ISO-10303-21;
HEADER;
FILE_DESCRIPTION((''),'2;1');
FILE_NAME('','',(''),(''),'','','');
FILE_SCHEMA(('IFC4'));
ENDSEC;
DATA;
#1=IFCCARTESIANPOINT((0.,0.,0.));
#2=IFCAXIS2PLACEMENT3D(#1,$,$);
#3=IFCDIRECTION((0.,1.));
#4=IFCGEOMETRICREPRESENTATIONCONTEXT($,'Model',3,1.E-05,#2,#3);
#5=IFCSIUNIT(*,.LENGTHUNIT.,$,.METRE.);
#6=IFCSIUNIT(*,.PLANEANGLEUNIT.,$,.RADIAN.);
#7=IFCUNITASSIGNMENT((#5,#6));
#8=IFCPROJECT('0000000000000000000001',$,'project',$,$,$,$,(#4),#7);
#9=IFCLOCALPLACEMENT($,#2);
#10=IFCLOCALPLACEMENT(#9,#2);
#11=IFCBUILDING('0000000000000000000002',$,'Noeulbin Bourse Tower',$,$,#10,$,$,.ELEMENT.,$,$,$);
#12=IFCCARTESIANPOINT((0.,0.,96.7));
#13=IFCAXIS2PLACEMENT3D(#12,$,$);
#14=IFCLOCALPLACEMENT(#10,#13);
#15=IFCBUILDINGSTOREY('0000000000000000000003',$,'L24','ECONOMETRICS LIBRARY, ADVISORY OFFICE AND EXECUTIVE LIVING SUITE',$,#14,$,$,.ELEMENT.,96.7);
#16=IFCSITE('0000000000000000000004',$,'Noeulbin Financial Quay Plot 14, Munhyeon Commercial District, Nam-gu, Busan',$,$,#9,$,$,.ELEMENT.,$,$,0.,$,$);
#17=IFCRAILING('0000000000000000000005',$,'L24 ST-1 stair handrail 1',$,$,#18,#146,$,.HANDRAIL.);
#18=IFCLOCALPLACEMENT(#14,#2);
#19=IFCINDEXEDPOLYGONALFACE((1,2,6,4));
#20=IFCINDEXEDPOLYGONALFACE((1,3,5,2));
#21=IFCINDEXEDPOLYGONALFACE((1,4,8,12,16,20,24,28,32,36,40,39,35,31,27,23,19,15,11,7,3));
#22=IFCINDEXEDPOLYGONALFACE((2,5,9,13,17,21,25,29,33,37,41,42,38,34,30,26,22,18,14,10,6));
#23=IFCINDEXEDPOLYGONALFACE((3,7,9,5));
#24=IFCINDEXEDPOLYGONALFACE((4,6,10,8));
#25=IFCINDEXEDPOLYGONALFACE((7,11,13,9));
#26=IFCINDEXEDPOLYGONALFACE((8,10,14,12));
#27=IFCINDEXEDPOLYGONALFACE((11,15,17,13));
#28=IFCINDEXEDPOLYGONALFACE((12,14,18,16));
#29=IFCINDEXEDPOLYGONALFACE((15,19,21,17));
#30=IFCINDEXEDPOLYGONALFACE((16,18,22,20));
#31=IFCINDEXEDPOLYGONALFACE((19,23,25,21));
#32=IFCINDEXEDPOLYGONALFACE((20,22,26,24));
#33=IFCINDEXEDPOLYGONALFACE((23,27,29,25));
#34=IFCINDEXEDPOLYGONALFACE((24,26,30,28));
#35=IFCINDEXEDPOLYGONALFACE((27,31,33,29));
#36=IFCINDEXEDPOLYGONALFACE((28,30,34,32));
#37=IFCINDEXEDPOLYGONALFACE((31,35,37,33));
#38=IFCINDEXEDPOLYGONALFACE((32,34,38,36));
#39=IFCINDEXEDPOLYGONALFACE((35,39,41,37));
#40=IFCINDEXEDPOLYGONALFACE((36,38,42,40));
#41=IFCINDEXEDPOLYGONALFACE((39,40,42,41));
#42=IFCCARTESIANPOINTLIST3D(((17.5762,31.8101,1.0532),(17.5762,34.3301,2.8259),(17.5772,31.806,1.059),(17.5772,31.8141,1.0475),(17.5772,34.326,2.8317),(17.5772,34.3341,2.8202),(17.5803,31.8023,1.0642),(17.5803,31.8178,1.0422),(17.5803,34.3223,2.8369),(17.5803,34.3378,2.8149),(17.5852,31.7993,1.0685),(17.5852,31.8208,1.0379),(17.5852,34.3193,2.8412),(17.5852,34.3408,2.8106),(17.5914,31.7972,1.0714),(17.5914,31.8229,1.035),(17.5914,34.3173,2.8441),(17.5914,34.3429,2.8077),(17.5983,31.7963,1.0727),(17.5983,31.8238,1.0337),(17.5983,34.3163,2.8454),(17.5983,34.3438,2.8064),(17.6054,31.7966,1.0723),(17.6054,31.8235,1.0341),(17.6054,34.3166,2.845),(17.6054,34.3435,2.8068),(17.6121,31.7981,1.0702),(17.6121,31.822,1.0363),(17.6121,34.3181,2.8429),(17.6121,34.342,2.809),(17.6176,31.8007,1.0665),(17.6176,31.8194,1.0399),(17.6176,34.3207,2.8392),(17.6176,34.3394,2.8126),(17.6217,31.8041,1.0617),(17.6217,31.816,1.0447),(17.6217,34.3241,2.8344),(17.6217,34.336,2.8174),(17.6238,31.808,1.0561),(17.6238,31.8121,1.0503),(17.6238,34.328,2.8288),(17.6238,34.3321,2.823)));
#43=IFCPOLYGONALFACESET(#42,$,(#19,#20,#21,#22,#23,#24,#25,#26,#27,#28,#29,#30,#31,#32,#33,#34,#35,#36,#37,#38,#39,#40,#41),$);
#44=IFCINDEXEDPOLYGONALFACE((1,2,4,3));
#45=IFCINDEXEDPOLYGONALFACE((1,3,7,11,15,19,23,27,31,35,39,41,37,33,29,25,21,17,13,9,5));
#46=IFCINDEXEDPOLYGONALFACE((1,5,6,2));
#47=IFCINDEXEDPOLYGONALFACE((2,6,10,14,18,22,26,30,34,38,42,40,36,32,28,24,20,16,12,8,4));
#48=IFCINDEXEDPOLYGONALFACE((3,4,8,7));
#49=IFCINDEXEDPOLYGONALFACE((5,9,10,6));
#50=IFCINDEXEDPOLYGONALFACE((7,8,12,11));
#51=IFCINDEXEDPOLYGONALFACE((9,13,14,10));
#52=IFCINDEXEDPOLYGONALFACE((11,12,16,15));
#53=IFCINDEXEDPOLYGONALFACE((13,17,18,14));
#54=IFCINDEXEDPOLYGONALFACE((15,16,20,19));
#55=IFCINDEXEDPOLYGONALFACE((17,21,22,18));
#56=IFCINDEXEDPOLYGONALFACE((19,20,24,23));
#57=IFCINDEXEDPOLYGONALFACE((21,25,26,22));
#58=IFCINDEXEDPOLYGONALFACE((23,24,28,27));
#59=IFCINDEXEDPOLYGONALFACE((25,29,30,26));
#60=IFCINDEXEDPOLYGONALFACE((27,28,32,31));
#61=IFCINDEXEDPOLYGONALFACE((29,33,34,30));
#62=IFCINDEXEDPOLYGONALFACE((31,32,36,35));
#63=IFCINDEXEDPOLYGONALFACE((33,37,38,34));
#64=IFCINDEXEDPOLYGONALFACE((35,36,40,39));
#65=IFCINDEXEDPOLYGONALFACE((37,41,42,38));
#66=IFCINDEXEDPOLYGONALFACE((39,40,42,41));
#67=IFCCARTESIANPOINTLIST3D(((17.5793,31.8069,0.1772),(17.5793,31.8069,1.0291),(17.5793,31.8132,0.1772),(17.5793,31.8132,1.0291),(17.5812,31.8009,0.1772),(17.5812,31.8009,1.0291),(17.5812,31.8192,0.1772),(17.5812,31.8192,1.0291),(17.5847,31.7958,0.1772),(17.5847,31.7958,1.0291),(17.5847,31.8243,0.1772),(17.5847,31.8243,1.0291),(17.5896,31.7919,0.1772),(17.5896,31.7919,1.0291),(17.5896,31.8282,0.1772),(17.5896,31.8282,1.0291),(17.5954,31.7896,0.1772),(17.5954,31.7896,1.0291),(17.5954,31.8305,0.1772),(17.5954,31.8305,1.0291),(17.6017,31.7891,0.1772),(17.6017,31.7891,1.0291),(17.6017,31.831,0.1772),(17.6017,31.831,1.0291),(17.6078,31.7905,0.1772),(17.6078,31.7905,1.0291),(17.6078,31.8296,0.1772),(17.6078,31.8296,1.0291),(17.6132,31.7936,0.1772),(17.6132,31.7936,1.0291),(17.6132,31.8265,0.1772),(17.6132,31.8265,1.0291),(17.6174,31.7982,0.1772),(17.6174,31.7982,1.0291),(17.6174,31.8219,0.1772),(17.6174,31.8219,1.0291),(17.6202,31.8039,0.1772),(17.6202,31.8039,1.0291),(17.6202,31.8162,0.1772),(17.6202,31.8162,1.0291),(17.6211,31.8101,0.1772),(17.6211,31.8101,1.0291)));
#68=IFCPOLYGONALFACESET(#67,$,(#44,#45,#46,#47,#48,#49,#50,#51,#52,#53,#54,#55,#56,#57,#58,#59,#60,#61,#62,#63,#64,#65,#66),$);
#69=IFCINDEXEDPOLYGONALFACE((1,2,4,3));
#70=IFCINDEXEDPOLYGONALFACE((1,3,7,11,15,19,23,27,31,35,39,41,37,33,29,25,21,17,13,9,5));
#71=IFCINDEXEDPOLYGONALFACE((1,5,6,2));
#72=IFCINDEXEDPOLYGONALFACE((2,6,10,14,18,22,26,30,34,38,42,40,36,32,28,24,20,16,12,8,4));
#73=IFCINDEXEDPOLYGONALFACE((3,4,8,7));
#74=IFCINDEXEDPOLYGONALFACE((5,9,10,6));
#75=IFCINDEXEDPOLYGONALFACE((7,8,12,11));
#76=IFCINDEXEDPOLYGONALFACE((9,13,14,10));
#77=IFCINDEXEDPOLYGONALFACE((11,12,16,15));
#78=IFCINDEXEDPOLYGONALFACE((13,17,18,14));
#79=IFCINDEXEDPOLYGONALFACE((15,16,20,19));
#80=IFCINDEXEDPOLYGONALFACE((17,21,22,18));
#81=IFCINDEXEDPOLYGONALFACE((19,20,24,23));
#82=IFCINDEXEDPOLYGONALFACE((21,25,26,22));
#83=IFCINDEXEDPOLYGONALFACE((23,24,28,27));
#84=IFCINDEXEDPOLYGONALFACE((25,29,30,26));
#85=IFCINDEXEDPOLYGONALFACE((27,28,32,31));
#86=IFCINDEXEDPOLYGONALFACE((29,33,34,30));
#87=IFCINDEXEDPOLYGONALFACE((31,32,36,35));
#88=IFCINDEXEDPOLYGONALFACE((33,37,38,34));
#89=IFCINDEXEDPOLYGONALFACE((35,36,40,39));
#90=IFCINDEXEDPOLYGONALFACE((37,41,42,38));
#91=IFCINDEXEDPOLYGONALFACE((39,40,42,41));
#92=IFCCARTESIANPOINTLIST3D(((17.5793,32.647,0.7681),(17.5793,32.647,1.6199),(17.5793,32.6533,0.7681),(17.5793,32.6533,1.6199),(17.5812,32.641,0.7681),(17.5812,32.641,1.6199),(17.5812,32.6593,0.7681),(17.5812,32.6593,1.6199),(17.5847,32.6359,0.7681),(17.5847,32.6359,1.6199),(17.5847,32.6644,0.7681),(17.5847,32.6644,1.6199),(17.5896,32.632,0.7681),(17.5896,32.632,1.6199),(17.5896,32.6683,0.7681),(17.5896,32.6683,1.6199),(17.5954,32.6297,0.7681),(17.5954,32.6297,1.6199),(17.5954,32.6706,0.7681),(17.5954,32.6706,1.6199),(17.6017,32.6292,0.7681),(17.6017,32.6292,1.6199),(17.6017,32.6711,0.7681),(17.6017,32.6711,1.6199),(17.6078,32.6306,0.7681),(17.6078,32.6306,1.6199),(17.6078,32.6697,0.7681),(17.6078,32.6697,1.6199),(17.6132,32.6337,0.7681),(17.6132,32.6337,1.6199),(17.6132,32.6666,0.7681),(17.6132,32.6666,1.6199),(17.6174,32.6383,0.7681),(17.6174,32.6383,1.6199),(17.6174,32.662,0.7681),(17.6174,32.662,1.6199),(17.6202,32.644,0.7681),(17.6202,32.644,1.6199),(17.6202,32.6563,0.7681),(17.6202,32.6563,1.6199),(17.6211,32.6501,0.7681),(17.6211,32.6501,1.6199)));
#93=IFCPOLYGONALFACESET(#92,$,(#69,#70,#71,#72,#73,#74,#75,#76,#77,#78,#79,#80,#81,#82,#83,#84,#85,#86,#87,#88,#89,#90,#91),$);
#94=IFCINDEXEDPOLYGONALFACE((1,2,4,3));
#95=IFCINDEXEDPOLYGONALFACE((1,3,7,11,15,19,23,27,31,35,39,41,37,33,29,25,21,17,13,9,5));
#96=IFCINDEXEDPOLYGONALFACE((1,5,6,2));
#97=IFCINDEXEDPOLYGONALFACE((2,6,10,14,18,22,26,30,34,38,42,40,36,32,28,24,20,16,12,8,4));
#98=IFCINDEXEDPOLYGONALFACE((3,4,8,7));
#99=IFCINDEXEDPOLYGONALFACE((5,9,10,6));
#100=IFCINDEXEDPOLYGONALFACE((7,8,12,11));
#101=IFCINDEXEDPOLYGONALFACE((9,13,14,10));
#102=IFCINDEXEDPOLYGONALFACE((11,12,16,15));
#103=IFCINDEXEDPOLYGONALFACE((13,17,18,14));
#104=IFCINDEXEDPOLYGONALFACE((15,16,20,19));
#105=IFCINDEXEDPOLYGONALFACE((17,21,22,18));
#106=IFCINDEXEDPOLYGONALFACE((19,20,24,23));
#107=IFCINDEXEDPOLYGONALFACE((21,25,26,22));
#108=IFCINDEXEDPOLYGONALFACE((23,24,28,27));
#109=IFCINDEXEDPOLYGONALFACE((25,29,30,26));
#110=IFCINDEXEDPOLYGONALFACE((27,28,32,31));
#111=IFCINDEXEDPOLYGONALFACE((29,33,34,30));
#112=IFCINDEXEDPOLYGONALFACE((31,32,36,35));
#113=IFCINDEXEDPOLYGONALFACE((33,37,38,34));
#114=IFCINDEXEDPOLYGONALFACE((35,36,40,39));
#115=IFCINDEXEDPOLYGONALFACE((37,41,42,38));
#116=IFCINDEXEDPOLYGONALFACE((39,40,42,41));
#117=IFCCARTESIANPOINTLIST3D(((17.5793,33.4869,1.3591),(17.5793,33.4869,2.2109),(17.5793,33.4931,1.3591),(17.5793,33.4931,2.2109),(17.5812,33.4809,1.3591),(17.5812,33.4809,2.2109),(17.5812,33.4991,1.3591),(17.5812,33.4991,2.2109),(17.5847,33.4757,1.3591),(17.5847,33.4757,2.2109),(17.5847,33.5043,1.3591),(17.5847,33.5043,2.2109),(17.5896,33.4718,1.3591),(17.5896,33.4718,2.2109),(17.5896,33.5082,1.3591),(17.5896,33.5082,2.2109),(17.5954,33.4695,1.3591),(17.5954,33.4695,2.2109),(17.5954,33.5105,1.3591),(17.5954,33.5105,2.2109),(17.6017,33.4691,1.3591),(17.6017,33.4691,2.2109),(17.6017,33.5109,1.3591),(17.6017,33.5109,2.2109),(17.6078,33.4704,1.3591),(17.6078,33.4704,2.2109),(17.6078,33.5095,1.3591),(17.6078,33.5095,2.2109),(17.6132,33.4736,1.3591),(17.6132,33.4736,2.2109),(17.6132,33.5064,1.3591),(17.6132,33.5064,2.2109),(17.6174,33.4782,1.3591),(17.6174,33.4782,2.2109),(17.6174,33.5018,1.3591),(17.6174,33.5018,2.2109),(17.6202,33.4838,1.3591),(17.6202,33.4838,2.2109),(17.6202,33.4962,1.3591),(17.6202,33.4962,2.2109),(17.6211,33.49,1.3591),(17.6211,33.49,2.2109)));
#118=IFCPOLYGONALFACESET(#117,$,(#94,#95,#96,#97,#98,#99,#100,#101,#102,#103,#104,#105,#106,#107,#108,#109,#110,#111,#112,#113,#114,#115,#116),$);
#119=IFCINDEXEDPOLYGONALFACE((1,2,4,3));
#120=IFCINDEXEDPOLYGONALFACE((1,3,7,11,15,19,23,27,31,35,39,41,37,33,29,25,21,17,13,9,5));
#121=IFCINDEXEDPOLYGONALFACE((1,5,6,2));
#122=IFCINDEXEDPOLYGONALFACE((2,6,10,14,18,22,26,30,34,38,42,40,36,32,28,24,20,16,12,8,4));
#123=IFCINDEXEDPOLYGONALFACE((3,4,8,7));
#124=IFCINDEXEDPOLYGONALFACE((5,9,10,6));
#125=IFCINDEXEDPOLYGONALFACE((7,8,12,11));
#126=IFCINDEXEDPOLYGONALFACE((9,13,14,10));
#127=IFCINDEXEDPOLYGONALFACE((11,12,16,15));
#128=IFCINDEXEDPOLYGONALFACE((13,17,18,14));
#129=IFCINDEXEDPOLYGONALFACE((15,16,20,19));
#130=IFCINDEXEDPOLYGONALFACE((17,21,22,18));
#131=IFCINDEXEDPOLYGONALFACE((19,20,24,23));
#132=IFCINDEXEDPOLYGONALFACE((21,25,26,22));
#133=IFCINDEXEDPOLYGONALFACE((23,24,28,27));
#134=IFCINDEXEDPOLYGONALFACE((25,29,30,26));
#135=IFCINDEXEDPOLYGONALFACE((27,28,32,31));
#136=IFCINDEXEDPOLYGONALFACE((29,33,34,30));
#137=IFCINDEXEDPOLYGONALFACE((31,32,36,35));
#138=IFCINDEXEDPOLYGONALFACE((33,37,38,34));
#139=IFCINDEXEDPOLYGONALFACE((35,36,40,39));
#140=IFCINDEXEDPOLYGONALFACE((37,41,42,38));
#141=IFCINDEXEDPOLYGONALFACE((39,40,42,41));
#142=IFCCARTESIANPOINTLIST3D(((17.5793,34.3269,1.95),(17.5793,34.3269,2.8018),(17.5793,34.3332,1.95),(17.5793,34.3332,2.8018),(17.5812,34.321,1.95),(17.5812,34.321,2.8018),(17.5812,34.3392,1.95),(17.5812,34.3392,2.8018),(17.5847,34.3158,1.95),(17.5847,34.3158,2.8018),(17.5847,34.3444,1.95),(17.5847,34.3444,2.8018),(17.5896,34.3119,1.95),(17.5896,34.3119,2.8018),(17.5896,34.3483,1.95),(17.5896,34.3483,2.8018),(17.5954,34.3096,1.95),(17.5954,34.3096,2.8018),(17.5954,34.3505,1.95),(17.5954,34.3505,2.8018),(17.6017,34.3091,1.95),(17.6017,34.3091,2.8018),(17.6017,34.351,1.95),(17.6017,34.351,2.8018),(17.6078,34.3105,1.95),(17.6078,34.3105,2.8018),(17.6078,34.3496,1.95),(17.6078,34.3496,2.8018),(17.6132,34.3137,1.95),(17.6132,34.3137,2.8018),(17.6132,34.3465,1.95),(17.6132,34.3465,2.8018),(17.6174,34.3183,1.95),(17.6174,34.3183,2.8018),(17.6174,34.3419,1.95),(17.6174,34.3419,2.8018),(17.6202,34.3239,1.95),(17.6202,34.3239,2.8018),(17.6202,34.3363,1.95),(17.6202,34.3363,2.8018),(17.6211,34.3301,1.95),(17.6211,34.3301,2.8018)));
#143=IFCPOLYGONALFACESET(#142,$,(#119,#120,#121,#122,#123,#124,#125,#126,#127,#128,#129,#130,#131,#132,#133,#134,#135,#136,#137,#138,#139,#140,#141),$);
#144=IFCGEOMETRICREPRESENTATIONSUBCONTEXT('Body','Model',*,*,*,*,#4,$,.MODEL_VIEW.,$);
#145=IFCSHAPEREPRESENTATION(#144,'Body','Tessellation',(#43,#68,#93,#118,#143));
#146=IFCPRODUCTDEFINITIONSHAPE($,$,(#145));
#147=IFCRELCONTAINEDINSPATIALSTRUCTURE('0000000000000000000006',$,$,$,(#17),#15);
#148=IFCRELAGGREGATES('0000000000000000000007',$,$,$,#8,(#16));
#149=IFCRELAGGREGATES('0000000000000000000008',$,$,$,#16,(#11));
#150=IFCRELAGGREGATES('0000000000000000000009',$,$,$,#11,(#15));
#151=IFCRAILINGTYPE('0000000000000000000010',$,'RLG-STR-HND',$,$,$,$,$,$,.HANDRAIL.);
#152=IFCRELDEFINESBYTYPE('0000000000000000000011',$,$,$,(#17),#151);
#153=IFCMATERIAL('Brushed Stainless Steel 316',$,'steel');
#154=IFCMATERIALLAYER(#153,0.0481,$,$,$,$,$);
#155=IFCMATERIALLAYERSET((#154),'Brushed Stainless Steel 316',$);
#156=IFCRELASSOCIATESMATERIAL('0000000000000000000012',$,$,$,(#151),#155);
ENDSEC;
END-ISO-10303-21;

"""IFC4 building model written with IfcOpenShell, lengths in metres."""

from ifc_helpers import new_model, si_unit, direction, frame, origin, origin_2d, place, context, subcontext, project, spatial, circle, extrude, material, layer, layer_set, type_object, element, save


model = new_model("IFC4")

# Units and contexts
model_context = context("Model", 3, precision=1e-05, world=origin(), true_north=direction((0.0, 1.0)))
body_context = subcontext(model_context, "Body", "Model", "MODEL_VIEW")
ifc_project = project(units=[si_unit("LENGTHUNIT", "METRE"), si_unit("PLANEANGLEUNIT", "RADIAN")], contexts=[model_context])

# Site, building, storey
site_placement = place(None, origin())
site = spatial("IfcSite", under=ifc_project, at=site_placement, Name="Noeulbin Financial Quay Plot 14, Munhyeon Commercial District, Nam-gu, Busan", CompositionType="ELEMENT", RefElevation=0.0)
building_placement = place(site_placement, origin())
building = spatial("IfcBuilding", under=site, at=building_placement, Name="Noeulbin Bourse Tower", CompositionType="ELEMENT")
storey_placement = place(building_placement, frame((0.0, 0.0, 96.7)))
storey = spatial("IfcBuildingStorey", under=building, at=storey_placement, Name="L24", Description="ECONOMETRICS LIBRARY, ADVISORY OFFICE AND EXECUTIVE LIVING SUITE", CompositionType="ELEMENT", Elevation=96.7)

# Shared definitions
ifc_material_1 = material(Name="Brushed Stainless Steel 316", Category="steel")

# Railing
ifc_layer_1 = layer(ifc_material_1, 0.0481)
ifc_layer_set_1 = layer_set([ifc_layer_1], Name="Brushed Stainless Steel 316")
railing_type_1 = type_object("IfcRailingType", Name="RLG-STR-HND", PredefinedType="HANDRAIL", material=ifc_layer_set_1)
railing_1_placement = place(storey_placement, frame((17.6001, 31.8101, 0.1772)))
element("IfcRailing", 1, at=railing_1_placement, inside=storey, type_object=railing_type_1, Name="L24 ST-1 stair handrail 1", PredefinedType="HANDRAIL", context=body_context, shape_type="SweptSolid", body=[
    extrude(circle(Radius=0.0239, at=origin_2d()), frame((0.0, 0.0, 0.876), z_axis=(0.0, 0.817904, 0.575354), x_axis=(-1.0, 0.0, 0.0)), (0.0, 0.0, 1.0), 3.0811),
    extrude(circle(Radius=0.021, at=origin_2d()), origin(), (0.0, 0.0, 1.0), 0.8518),
    extrude(circle(Radius=0.021, at=origin_2d()), frame((0.0, 0.8401, 0.5908)), (0.0, 0.0, 1.0), 0.8518),
    extrude(circle(Radius=0.021, at=origin_2d()), frame((0.0, 1.6799, 1.1819)), (0.0, 0.0, 1.0), 0.8518),
    extrude(circle(Radius=0.021, at=origin_2d()), frame((0.0, 2.52, 1.7727)), (0.0, 0.0, 1.0), 0.8518),
])

save(model, "model.ifc")
